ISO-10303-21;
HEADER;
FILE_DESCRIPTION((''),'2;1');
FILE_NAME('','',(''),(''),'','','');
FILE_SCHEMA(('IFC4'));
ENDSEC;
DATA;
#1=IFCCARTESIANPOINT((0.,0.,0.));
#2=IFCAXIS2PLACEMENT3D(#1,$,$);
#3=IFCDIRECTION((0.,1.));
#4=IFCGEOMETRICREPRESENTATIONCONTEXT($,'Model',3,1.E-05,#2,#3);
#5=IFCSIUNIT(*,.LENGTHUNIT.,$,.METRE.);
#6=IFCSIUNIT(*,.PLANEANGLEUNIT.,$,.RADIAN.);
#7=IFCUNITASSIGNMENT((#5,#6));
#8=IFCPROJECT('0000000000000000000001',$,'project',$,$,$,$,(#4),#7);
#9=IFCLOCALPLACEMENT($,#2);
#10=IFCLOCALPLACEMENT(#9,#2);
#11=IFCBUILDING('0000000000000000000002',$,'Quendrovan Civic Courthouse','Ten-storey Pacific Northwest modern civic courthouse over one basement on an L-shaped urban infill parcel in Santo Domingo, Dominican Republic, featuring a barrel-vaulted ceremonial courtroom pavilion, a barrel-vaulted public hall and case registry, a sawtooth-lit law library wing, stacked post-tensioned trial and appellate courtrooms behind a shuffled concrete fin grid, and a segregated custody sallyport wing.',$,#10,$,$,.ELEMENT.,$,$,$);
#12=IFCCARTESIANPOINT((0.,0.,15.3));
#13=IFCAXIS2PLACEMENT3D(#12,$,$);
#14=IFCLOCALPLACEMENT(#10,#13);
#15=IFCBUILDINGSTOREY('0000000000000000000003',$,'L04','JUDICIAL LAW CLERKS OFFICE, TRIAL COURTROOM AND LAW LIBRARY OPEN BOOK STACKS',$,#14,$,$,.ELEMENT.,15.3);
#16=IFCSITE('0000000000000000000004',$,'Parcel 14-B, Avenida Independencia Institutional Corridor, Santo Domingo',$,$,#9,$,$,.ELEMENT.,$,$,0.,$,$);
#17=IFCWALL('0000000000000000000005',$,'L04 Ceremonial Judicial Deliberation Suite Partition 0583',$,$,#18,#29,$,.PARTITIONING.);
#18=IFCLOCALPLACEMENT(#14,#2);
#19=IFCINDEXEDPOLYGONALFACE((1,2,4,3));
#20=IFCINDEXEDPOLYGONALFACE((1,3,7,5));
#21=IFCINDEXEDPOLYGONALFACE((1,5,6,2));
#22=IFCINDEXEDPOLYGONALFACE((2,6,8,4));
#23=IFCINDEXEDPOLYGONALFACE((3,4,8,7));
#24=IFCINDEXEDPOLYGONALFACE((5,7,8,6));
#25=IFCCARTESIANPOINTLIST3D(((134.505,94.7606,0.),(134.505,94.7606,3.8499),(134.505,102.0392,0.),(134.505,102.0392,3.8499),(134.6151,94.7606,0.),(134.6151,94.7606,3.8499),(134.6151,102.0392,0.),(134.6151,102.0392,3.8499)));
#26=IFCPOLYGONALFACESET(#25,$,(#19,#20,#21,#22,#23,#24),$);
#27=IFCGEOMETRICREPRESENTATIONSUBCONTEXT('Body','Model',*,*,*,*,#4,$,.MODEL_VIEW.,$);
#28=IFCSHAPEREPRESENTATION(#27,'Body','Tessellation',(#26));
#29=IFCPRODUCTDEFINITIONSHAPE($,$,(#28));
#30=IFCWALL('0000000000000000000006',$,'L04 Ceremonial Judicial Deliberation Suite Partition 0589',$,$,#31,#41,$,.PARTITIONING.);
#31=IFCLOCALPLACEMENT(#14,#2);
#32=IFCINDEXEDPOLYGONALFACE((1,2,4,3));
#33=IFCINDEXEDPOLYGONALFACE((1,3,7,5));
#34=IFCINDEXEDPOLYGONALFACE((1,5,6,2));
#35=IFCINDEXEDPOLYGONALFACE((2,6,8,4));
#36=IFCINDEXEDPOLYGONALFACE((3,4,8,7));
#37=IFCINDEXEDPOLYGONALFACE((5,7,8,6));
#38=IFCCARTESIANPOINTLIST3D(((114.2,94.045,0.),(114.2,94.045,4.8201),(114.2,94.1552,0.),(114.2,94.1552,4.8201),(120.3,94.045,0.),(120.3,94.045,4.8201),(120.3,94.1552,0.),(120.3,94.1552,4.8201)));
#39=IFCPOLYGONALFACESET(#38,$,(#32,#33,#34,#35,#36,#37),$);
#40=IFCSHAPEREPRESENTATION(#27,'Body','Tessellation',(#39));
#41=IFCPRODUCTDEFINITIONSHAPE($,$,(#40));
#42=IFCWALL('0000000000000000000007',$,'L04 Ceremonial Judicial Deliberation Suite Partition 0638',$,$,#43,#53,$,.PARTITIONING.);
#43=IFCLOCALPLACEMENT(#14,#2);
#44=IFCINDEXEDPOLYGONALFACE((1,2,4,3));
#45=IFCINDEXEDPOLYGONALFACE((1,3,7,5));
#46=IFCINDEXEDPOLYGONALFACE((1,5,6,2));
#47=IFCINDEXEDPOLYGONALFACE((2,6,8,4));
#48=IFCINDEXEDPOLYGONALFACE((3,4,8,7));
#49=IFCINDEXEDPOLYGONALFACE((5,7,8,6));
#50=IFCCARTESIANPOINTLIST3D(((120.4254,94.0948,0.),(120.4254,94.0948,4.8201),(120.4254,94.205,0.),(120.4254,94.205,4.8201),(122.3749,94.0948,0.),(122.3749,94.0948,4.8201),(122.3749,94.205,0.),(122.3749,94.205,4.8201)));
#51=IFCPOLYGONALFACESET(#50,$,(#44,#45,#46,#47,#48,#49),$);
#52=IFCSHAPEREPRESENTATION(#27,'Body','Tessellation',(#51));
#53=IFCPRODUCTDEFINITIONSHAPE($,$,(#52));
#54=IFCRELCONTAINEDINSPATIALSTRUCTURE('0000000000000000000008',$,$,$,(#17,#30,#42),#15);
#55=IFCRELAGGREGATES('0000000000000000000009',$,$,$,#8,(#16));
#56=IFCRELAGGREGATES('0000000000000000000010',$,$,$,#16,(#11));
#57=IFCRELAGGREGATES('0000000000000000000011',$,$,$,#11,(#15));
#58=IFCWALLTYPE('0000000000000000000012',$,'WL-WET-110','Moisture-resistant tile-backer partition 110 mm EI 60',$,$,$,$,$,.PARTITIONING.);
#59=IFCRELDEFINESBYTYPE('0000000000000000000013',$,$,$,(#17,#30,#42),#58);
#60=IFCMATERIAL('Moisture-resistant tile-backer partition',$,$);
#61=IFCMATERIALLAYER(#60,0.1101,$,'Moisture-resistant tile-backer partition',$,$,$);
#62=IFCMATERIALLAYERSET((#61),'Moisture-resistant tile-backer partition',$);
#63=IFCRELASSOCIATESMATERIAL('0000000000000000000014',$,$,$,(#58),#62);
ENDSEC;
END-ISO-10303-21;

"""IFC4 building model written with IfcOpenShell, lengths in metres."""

from ifc_helpers import new_model, si_unit, direction, frame, frame_2d, origin, place, context, subcontext, project, spatial, rectangle, extrude, material, layer, layer_set, type_object, element, save


model = new_model("IFC4")

# Units and contexts
model_context = context("Model", 3, precision=1e-05, world=origin(), true_north=direction((0.0, 1.0)))
body_context = subcontext(model_context, "Body", "Model", "MODEL_VIEW")
ifc_project = project(units=[si_unit("LENGTHUNIT", "METRE"), si_unit("PLANEANGLEUNIT", "RADIAN")], contexts=[model_context])

# Site, building, storey
site_placement = place(None, origin())
site = spatial("IfcSite", under=ifc_project, at=site_placement, Name="Parcel 14-B, Avenida Independencia Institutional Corridor, Santo Domingo", CompositionType="ELEMENT", RefElevation=0.0)
building_placement = place(site_placement, origin())
building = spatial("IfcBuilding", under=site, at=building_placement, Name="Quendrovan Civic Courthouse", Description="Ten-storey Pacific Northwest modern civic courthouse over one basement on an L-shaped urban infill parcel in Santo Domingo, Dominican Republic, featuring a barrel-vaulted ceremonial courtroom pavilion, a barrel-vaulted public hall and case registry, a sawtooth-lit law library wing, stacked post-tensioned trial and appellate courtrooms behind a shuffled concrete fin grid, and a segregated custody sallyport wing.", CompositionType="ELEMENT")
storey_placement = place(building_placement, frame((0.0, 0.0, 15.3)))
storey = spatial("IfcBuildingStorey", under=building, at=storey_placement, Name="L04", Description="JUDICIAL LAW CLERKS OFFICE, TRIAL COURTROOM AND LAW LIBRARY OPEN BOOK STACKS", CompositionType="ELEMENT", Elevation=15.3)

# Walls
ifc_material_1 = material(Name="Moisture-resistant tile-backer partition")
ifc_layer_1 = layer(ifc_material_1, 0.1101, Name="Moisture-resistant tile-backer partition")
ifc_layer_set_1 = layer_set([ifc_layer_1], Name="Moisture-resistant tile-backer partition")
wall_type_1 = type_object("IfcWallType", Name="WL-WET-110", Description="Moisture-resistant tile-backer partition 110 mm EI 60", PredefinedType="PARTITIONING", material=ifc_layer_set_1)
wall_1_placement = place(storey_placement, frame((134.5601, 94.7607, 0.0), z_axis=(0.0, 0.0, 1.0), x_axis=(0.0, 1.0, 0.0)))
element("IfcWall", 1, at=wall_1_placement, inside=storey, type_object=wall_type_1, Name="L04 Ceremonial Judicial Deliberation Suite Partition 0583", PredefinedType="PARTITIONING", context=body_context, shape_type="SweptSolid", body=[
    extrude(rectangle(XDim=7.2786, YDim=0.1101, at=frame_2d((3.6392, 0.0))), origin(), (0.0, 0.0, 1.0), 3.8499),
])
wall_2_placement = place(storey_placement, frame((120.3, 94.1001, 0.0), z_axis=(0.0, 0.0, 1.0), x_axis=(-1.0, 0.0, 0.0)))
element("IfcWall", 2, at=wall_2_placement, inside=storey, type_object=wall_type_1, Name="L04 Ceremonial Judicial Deliberation Suite Partition 0589", PredefinedType="PARTITIONING", context=body_context, shape_type="SweptSolid", body=[
    extrude(rectangle(XDim=6.1001, YDim=0.1101, at=frame_2d((3.05, 0.0))), origin(), (0.0, 0.0, 1.0), 4.8201),
])
wall_3_placement = place(storey_placement, frame((122.3748, 94.1499, 0.0), z_axis=(0.0, 0.0, 1.0), x_axis=(-1.0, 0.0, 0.0)))
element("IfcWall", 3, at=wall_3_placement, inside=storey, type_object=wall_type_1, Name="L04 Ceremonial Judicial Deliberation Suite Partition 0638", PredefinedType="PARTITIONING", context=body_context, shape_type="SweptSolid", body=[
    extrude(rectangle(XDim=1.9495, YDim=0.1101, at=frame_2d((0.9746, 0.0))), origin(), (0.0, 0.0, 1.0), 4.8201),
])

save(model, "model.ifc")
